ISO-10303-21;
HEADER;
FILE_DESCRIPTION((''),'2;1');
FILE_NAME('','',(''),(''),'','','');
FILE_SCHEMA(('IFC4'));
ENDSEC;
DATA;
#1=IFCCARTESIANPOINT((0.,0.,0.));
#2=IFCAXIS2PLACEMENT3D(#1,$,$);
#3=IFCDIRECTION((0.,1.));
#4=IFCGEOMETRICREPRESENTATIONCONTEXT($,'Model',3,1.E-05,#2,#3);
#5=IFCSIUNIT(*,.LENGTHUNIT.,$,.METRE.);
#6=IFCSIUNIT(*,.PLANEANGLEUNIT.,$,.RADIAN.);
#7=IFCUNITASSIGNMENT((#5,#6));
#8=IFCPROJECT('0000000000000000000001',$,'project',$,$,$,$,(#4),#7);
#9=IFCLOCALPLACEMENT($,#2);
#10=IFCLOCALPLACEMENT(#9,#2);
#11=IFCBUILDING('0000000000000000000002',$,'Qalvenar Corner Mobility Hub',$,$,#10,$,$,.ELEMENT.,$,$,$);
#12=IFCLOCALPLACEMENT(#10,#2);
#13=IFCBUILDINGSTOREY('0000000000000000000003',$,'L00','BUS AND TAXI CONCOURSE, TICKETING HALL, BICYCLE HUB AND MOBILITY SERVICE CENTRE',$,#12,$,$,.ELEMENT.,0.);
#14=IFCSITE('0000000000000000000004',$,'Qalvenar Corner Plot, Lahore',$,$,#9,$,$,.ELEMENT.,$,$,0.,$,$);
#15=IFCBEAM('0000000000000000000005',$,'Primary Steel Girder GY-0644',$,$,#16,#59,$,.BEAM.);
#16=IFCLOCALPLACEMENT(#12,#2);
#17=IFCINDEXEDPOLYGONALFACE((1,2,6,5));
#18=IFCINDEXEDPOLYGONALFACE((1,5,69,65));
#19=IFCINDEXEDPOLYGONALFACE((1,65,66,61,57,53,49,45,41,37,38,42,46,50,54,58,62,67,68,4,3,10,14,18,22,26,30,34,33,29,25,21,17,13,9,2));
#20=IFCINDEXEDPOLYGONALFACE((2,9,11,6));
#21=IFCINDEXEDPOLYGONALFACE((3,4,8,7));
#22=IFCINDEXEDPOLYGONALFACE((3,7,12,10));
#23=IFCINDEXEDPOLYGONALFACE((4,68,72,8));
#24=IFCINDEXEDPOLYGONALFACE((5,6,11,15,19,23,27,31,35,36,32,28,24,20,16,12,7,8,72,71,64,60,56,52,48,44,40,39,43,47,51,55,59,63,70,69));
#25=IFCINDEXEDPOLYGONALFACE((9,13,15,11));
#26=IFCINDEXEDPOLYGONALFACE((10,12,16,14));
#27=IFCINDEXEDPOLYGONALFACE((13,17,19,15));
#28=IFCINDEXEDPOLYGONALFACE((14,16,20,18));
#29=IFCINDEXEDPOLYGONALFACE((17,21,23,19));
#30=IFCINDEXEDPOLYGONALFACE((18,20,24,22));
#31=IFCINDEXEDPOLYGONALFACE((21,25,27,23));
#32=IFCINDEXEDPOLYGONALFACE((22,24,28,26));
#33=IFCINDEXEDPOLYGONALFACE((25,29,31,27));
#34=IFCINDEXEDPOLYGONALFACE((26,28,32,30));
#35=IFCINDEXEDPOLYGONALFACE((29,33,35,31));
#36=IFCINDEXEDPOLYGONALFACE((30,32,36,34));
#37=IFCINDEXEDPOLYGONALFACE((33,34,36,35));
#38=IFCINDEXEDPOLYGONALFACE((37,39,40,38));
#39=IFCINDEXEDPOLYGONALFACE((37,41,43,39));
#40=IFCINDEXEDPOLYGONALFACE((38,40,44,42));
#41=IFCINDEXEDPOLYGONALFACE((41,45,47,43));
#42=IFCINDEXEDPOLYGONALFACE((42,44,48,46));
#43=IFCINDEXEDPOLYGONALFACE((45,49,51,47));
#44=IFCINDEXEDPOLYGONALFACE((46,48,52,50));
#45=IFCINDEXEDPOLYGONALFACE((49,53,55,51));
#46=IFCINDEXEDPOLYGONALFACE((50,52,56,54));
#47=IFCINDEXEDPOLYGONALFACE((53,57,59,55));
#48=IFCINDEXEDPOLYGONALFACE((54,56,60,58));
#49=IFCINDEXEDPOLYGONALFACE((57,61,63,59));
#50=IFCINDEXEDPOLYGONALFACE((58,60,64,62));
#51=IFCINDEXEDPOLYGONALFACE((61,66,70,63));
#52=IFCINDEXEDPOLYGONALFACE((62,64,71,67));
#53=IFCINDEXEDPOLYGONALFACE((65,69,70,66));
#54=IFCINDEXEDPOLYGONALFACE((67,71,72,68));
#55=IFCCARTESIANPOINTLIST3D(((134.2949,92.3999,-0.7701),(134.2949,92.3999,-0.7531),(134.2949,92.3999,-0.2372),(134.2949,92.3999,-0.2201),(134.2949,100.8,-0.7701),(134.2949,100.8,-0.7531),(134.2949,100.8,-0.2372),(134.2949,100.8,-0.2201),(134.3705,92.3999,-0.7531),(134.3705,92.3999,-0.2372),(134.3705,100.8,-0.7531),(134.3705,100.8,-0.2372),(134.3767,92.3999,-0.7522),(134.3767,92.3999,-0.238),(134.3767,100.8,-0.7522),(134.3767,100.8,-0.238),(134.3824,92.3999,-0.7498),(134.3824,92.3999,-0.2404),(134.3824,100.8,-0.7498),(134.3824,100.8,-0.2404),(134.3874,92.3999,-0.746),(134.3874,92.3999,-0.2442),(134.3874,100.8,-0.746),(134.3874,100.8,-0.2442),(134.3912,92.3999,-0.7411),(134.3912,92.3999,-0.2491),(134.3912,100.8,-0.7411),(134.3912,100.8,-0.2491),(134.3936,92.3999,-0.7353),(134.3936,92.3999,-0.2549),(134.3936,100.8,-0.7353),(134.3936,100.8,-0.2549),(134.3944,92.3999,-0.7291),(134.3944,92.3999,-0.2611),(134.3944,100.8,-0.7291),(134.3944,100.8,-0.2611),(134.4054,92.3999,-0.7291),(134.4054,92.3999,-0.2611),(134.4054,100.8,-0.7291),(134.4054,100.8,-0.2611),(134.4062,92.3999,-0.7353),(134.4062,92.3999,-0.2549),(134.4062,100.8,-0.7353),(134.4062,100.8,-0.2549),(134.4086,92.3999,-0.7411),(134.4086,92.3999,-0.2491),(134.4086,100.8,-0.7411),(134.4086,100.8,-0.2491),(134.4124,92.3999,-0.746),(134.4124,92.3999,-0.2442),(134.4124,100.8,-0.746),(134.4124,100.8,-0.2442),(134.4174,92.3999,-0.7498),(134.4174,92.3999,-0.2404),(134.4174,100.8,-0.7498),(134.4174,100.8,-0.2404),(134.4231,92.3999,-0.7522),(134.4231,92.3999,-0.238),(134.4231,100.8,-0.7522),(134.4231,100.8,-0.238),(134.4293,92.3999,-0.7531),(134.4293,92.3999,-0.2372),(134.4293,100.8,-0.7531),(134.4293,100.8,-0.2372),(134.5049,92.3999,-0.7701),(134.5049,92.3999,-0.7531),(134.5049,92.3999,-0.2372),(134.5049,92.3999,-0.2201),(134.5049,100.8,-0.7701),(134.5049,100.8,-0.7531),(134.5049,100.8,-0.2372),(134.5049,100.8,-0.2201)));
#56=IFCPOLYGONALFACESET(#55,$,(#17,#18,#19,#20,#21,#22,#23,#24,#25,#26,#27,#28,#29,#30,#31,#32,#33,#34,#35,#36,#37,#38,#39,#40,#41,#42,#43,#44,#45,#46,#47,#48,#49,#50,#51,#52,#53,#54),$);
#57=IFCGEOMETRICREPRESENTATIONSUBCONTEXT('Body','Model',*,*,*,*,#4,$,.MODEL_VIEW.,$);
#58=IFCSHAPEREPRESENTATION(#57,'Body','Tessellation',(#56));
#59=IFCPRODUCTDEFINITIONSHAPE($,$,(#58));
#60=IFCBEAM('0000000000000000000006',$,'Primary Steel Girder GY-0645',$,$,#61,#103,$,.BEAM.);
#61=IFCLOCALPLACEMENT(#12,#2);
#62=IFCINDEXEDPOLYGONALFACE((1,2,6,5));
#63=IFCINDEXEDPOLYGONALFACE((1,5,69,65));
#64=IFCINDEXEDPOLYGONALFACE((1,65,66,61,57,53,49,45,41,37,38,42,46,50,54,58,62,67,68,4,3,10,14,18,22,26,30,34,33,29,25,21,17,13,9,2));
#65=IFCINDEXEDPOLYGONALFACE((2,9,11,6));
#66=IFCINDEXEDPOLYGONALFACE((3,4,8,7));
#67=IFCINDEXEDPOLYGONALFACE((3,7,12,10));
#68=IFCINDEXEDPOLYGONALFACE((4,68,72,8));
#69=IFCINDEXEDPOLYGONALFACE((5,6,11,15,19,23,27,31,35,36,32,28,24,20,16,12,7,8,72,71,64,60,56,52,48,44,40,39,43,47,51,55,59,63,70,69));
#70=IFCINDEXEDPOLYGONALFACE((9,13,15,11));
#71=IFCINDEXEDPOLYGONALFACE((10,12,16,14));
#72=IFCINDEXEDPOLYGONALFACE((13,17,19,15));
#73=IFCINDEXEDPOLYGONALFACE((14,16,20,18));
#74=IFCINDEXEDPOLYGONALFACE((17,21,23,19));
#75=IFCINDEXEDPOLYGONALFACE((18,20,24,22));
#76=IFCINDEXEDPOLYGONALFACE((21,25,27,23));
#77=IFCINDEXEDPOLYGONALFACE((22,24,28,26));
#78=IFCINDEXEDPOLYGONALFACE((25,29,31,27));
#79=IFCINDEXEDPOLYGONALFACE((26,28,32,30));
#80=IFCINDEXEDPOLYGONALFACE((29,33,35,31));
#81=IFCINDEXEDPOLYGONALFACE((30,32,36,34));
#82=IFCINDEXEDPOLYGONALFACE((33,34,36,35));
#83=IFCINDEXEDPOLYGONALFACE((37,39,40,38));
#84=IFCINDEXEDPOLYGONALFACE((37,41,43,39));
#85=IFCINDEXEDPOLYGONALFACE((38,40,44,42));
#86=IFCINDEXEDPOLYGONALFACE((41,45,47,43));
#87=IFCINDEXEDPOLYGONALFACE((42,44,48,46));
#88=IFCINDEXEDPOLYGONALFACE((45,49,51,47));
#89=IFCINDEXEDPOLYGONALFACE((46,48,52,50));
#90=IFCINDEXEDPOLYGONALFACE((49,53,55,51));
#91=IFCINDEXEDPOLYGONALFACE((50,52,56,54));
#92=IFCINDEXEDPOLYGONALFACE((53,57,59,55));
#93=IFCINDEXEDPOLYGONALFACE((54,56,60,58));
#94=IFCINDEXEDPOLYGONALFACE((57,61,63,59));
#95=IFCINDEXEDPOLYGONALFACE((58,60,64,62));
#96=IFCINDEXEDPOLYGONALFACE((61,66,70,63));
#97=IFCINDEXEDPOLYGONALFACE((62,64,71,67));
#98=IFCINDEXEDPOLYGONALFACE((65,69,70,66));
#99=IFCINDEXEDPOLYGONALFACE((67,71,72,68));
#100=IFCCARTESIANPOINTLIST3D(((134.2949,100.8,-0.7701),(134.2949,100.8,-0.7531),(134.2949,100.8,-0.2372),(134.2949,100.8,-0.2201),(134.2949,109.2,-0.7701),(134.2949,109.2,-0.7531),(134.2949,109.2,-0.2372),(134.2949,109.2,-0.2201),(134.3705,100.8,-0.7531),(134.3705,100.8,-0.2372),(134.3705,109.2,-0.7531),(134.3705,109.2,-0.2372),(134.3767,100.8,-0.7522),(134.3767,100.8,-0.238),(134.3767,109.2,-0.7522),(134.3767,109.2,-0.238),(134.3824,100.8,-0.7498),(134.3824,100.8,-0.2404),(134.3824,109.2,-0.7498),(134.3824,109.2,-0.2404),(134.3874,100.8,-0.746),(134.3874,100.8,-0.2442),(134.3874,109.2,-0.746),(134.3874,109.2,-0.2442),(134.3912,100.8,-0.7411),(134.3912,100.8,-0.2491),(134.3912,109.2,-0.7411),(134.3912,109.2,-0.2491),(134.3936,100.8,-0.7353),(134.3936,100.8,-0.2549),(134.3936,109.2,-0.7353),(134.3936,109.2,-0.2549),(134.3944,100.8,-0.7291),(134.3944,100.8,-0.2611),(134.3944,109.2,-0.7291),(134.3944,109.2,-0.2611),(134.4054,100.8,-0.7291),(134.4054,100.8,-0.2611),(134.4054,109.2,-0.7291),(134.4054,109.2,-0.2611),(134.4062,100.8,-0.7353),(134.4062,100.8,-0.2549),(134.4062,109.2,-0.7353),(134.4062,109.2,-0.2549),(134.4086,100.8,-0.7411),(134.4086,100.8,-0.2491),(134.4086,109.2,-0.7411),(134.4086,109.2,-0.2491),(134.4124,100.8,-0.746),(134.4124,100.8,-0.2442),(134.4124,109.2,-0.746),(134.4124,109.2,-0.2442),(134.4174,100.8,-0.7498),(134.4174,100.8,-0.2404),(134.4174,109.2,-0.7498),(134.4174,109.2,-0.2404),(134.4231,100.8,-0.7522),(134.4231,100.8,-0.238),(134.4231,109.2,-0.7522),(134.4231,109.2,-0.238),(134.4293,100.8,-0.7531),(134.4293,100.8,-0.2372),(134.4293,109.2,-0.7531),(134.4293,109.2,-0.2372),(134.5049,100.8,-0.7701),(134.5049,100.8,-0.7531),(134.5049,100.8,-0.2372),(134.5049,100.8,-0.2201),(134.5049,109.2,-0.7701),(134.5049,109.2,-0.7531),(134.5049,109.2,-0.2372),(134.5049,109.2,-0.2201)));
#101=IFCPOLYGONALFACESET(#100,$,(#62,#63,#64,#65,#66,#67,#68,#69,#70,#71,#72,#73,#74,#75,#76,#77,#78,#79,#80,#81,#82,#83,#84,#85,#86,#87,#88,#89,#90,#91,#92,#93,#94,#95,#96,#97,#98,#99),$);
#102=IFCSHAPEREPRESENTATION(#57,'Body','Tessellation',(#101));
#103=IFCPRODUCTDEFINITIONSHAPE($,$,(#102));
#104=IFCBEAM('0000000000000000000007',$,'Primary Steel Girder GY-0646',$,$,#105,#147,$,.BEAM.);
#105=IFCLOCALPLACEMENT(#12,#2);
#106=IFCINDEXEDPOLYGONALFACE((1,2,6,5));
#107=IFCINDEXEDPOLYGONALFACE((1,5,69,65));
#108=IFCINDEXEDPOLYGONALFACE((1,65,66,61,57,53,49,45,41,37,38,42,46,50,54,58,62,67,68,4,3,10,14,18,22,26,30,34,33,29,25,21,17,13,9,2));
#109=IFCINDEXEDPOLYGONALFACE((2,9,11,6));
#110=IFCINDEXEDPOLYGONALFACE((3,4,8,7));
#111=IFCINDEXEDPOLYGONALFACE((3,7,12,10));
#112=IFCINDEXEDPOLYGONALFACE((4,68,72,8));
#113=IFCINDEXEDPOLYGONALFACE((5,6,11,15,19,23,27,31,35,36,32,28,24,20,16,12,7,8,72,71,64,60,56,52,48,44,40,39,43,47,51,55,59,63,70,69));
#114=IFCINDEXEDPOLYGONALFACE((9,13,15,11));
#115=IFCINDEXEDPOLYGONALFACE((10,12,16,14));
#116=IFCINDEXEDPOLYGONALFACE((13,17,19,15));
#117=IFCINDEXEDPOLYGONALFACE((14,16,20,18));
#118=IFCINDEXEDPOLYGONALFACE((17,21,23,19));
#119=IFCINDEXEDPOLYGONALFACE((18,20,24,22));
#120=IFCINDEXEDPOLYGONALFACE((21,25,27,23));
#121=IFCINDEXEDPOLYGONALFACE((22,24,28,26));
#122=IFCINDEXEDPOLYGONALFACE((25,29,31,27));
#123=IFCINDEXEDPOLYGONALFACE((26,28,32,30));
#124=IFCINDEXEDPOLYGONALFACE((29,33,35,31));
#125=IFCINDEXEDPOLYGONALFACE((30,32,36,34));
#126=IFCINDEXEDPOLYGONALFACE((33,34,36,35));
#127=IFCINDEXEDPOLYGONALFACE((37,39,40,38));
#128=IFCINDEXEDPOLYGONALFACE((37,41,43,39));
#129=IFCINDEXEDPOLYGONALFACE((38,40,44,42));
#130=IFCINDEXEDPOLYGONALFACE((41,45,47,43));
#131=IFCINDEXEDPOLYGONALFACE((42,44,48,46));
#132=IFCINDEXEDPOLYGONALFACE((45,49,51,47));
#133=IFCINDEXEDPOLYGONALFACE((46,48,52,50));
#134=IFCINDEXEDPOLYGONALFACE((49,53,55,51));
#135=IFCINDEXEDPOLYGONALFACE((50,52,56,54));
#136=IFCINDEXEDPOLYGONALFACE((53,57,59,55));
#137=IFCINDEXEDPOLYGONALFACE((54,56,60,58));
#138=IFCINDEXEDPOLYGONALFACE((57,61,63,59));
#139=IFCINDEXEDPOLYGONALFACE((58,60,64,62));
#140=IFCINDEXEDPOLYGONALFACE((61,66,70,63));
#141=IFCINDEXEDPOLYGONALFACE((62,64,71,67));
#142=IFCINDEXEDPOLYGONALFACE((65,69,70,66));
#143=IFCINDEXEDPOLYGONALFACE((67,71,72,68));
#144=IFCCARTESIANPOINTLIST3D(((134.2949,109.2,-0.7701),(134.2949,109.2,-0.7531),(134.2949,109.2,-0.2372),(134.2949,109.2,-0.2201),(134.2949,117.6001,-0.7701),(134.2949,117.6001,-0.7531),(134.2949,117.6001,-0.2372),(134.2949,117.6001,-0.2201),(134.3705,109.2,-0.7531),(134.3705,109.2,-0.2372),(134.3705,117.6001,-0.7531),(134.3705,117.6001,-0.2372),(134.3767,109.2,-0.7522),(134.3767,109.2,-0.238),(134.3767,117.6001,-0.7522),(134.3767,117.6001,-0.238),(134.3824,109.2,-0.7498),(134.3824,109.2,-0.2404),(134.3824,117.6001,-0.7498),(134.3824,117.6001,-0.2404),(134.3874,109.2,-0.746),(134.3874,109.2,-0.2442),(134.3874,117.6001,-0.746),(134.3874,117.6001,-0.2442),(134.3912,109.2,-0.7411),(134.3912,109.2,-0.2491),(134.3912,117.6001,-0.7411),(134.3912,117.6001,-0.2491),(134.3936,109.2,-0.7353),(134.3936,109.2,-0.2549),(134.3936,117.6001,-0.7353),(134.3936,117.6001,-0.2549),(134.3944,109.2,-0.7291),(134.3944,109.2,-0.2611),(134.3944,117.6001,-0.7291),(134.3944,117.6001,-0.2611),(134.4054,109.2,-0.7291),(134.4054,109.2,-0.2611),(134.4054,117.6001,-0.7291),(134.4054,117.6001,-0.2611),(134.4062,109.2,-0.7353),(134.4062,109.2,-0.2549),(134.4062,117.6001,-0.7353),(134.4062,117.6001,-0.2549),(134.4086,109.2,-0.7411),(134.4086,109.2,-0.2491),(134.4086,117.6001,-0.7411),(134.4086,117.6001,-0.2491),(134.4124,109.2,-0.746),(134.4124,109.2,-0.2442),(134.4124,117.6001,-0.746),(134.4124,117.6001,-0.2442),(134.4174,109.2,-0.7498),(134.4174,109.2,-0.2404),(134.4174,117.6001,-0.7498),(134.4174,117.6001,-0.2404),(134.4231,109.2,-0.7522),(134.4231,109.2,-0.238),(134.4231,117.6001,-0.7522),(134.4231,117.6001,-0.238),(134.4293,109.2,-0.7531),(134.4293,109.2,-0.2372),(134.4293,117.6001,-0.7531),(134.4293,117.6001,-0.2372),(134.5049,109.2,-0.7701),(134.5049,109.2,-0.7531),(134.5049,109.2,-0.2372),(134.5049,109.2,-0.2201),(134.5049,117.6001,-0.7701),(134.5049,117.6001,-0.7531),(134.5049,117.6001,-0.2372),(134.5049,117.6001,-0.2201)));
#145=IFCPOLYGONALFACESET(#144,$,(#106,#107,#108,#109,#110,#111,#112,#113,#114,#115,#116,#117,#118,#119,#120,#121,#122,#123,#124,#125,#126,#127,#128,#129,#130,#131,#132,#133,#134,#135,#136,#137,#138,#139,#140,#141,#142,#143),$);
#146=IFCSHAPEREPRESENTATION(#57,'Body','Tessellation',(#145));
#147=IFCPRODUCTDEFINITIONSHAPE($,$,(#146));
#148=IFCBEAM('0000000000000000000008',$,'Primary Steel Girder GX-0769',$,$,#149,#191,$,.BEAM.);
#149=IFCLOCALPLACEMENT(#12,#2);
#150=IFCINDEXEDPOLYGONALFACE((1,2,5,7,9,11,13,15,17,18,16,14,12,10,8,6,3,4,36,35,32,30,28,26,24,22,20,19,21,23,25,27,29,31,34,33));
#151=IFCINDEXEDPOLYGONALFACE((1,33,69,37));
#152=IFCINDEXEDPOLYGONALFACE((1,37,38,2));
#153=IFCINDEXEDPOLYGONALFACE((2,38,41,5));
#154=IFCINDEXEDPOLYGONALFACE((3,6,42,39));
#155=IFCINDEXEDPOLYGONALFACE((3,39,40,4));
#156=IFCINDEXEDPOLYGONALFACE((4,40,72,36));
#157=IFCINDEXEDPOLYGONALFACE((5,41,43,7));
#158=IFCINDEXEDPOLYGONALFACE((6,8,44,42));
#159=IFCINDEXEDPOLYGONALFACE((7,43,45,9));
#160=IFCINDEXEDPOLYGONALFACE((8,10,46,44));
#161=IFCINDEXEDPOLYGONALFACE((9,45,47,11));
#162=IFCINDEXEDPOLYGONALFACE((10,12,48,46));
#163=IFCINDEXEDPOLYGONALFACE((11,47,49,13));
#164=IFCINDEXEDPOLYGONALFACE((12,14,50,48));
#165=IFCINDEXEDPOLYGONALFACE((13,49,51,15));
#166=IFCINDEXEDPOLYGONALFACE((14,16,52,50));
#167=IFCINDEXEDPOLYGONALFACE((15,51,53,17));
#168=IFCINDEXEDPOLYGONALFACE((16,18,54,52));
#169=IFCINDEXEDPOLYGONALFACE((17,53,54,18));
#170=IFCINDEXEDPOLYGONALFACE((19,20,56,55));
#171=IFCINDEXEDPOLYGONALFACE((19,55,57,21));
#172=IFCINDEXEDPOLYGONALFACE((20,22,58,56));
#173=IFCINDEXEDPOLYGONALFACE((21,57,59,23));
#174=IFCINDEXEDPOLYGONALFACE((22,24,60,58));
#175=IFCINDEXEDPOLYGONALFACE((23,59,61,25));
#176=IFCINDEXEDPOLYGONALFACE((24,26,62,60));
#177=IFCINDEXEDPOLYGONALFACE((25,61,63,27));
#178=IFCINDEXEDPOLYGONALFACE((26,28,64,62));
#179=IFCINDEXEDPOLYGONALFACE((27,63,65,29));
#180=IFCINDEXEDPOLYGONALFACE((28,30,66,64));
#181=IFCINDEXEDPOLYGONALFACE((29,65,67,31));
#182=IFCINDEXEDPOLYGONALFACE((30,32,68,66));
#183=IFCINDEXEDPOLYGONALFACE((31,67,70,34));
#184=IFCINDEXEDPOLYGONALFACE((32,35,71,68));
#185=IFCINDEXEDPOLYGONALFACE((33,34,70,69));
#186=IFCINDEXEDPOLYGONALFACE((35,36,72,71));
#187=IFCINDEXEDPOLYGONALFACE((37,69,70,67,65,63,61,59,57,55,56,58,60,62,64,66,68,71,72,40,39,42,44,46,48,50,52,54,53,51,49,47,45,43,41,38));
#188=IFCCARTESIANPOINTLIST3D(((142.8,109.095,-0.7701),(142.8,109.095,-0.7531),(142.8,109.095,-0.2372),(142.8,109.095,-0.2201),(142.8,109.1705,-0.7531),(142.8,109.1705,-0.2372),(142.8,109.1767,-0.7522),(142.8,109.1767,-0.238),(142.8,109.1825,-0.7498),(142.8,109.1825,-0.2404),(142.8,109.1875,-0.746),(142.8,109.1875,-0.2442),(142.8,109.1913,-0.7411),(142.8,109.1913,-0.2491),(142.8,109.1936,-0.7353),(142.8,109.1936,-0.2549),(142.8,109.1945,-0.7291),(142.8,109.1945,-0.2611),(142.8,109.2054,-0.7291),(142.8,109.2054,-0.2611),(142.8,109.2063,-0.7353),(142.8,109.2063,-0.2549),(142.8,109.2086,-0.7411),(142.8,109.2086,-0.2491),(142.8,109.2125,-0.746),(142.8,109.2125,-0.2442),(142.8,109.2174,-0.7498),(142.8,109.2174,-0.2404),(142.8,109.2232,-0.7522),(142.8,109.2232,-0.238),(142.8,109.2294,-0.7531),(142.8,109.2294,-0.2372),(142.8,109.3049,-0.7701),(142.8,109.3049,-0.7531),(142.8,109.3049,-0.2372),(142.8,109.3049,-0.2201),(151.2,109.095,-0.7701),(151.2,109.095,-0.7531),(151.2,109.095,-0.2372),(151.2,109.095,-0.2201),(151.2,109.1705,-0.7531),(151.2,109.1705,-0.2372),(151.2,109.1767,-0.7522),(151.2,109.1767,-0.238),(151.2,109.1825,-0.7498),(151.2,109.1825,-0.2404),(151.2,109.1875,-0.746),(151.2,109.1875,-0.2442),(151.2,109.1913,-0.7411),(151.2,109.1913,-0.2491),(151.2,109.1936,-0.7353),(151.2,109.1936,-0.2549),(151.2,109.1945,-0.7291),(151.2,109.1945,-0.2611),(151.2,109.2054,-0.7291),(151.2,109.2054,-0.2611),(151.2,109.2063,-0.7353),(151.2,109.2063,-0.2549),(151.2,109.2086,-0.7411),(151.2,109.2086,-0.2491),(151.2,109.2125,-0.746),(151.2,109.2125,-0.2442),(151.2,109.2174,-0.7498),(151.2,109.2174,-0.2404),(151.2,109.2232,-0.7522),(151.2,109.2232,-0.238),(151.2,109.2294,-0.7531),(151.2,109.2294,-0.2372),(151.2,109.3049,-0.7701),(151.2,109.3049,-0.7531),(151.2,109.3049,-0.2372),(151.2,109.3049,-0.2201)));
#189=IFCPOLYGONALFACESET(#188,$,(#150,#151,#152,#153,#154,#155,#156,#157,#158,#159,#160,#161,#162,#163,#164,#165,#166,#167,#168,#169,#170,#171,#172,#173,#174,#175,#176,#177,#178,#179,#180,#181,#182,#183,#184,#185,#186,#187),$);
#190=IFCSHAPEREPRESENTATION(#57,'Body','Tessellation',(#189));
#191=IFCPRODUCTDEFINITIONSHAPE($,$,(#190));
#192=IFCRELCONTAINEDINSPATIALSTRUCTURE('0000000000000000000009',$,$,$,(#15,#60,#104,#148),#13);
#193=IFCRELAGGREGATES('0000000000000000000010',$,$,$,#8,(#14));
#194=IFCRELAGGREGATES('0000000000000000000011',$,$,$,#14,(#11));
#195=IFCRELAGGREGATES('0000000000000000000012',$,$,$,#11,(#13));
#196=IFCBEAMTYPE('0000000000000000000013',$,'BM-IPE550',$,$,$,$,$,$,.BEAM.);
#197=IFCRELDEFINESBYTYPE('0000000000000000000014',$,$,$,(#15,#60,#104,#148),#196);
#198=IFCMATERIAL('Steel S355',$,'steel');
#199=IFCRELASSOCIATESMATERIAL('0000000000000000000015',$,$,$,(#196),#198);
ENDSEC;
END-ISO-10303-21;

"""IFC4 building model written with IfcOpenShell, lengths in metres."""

from ifc_helpers import new_model, si_unit, direction, frame, origin, origin_2d, place, context, subcontext, project, spatial, i_section, extrude, material, material_profile, profile_set, type_object, element, save


model = new_model("IFC4")

# Units and contexts
model_context = context("Model", 3, precision=1e-05, world=origin(), true_north=direction((0.0, 1.0)))
body_context = subcontext(model_context, "Body", "Model", "MODEL_VIEW")
ifc_project = project(units=[si_unit("LENGTHUNIT", "METRE"), si_unit("PLANEANGLEUNIT", "RADIAN")], contexts=[model_context])

# Site, building, storey
site_placement = place(None, origin())
site = spatial("IfcSite", under=ifc_project, at=site_placement, Name="Qalvenar Corner Plot, Lahore", CompositionType="ELEMENT", RefElevation=0.0)
building_placement = place(site_placement, origin())
building = spatial("IfcBuilding", under=site, at=building_placement, Name="Qalvenar Corner Mobility Hub", CompositionType="ELEMENT")
storey_placement = place(building_placement, origin())
storey = spatial("IfcBuildingStorey", under=building, at=storey_placement, Name="L00", Description="BUS AND TAXI CONCOURSE, TICKETING HALL, BICYCLE HUB AND MOBILITY SERVICE CENTRE", CompositionType="ELEMENT", Elevation=0.0)

# Shared definitions
ifc_material_1 = material(Name="Steel S355", Category="steel")

# Beams
ifc_material_profile_1 = material_profile(ifc_material_1, i_section(OverallWidth=0.21, OverallDepth=0.55, WebThickness=0.011, FlangeThickness=0.0171, FilletRadius=0.0239, at=origin_2d()), Name="IPE550")
ifc_profile_set_1 = profile_set([ifc_material_profile_1], Name="Steel S355")
beam_type_1 = type_object("IfcBeamType", Name="BM-IPE550", PredefinedType="BEAM", material=ifc_profile_set_1)
beam_1_placement = place(storey_placement, frame((134.3999, 92.3999, -0.4951), z_axis=(0.0, 1.0, 0.0), x_axis=(-1.0, 0.0, 0.0)))
element("IfcBeam", 1, at=beam_1_placement, inside=storey, type_object=beam_type_1, Name="Primary Steel Girder GY-0644", PredefinedType="BEAM", context=body_context, shape_type="SweptSolid", body=[
    extrude(i_section(OverallWidth=0.21, OverallDepth=0.55, WebThickness=0.011, FlangeThickness=0.0171, FilletRadius=0.0239, at=origin_2d()), origin(), (0.0, 0.0, 1.0), 8.4001),
])
beam_2_placement = place(storey_placement, frame((134.3999, 100.8, -0.4951), z_axis=(0.0, 1.0, 0.0), x_axis=(-1.0, 0.0, 0.0)))
element("IfcBeam", 2, at=beam_2_placement, inside=storey, type_object=beam_type_1, Name="Primary Steel Girder GY-0645", PredefinedType="BEAM", context=body_context, shape_type="SweptSolid", body=[
    extrude(i_section(OverallWidth=0.21, OverallDepth=0.55, WebThickness=0.011, FlangeThickness=0.0171, FilletRadius=0.0239, at=origin_2d()), origin(), (0.0, 0.0, 1.0), 8.3999),
])
beam_3_placement = place(storey_placement, frame((134.3999, 109.2, -0.4951), z_axis=(0.0, 1.0, 0.0), x_axis=(-1.0, 0.0, 0.0)))
element("IfcBeam", 3, at=beam_3_placement, inside=storey, type_object=beam_type_1, Name="Primary Steel Girder GY-0646", PredefinedType="BEAM", context=body_context, shape_type="SweptSolid", body=[
    extrude(i_section(OverallWidth=0.21, OverallDepth=0.55, WebThickness=0.011, FlangeThickness=0.0171, FilletRadius=0.0239, at=origin_2d()), origin(), (0.0, 0.0, 1.0), 8.4001),
])
beam_4_placement = place(storey_placement, frame((142.8, 109.2, -0.4951), z_axis=(1.0, 0.0, 0.0), x_axis=(0.0, 1.0, 0.0)))
element("IfcBeam", 4, at=beam_4_placement, inside=storey, type_object=beam_type_1, Name="Primary Steel Girder GX-0769", PredefinedType="BEAM", context=body_context, shape_type="SweptSolid", body=[
    extrude(i_section(OverallWidth=0.21, OverallDepth=0.55, WebThickness=0.011, FlangeThickness=0.0171, FilletRadius=0.0239, at=origin_2d()), origin(), (0.0, 0.0, 1.0), 8.3999),
])

save(model, "model.ifc")
